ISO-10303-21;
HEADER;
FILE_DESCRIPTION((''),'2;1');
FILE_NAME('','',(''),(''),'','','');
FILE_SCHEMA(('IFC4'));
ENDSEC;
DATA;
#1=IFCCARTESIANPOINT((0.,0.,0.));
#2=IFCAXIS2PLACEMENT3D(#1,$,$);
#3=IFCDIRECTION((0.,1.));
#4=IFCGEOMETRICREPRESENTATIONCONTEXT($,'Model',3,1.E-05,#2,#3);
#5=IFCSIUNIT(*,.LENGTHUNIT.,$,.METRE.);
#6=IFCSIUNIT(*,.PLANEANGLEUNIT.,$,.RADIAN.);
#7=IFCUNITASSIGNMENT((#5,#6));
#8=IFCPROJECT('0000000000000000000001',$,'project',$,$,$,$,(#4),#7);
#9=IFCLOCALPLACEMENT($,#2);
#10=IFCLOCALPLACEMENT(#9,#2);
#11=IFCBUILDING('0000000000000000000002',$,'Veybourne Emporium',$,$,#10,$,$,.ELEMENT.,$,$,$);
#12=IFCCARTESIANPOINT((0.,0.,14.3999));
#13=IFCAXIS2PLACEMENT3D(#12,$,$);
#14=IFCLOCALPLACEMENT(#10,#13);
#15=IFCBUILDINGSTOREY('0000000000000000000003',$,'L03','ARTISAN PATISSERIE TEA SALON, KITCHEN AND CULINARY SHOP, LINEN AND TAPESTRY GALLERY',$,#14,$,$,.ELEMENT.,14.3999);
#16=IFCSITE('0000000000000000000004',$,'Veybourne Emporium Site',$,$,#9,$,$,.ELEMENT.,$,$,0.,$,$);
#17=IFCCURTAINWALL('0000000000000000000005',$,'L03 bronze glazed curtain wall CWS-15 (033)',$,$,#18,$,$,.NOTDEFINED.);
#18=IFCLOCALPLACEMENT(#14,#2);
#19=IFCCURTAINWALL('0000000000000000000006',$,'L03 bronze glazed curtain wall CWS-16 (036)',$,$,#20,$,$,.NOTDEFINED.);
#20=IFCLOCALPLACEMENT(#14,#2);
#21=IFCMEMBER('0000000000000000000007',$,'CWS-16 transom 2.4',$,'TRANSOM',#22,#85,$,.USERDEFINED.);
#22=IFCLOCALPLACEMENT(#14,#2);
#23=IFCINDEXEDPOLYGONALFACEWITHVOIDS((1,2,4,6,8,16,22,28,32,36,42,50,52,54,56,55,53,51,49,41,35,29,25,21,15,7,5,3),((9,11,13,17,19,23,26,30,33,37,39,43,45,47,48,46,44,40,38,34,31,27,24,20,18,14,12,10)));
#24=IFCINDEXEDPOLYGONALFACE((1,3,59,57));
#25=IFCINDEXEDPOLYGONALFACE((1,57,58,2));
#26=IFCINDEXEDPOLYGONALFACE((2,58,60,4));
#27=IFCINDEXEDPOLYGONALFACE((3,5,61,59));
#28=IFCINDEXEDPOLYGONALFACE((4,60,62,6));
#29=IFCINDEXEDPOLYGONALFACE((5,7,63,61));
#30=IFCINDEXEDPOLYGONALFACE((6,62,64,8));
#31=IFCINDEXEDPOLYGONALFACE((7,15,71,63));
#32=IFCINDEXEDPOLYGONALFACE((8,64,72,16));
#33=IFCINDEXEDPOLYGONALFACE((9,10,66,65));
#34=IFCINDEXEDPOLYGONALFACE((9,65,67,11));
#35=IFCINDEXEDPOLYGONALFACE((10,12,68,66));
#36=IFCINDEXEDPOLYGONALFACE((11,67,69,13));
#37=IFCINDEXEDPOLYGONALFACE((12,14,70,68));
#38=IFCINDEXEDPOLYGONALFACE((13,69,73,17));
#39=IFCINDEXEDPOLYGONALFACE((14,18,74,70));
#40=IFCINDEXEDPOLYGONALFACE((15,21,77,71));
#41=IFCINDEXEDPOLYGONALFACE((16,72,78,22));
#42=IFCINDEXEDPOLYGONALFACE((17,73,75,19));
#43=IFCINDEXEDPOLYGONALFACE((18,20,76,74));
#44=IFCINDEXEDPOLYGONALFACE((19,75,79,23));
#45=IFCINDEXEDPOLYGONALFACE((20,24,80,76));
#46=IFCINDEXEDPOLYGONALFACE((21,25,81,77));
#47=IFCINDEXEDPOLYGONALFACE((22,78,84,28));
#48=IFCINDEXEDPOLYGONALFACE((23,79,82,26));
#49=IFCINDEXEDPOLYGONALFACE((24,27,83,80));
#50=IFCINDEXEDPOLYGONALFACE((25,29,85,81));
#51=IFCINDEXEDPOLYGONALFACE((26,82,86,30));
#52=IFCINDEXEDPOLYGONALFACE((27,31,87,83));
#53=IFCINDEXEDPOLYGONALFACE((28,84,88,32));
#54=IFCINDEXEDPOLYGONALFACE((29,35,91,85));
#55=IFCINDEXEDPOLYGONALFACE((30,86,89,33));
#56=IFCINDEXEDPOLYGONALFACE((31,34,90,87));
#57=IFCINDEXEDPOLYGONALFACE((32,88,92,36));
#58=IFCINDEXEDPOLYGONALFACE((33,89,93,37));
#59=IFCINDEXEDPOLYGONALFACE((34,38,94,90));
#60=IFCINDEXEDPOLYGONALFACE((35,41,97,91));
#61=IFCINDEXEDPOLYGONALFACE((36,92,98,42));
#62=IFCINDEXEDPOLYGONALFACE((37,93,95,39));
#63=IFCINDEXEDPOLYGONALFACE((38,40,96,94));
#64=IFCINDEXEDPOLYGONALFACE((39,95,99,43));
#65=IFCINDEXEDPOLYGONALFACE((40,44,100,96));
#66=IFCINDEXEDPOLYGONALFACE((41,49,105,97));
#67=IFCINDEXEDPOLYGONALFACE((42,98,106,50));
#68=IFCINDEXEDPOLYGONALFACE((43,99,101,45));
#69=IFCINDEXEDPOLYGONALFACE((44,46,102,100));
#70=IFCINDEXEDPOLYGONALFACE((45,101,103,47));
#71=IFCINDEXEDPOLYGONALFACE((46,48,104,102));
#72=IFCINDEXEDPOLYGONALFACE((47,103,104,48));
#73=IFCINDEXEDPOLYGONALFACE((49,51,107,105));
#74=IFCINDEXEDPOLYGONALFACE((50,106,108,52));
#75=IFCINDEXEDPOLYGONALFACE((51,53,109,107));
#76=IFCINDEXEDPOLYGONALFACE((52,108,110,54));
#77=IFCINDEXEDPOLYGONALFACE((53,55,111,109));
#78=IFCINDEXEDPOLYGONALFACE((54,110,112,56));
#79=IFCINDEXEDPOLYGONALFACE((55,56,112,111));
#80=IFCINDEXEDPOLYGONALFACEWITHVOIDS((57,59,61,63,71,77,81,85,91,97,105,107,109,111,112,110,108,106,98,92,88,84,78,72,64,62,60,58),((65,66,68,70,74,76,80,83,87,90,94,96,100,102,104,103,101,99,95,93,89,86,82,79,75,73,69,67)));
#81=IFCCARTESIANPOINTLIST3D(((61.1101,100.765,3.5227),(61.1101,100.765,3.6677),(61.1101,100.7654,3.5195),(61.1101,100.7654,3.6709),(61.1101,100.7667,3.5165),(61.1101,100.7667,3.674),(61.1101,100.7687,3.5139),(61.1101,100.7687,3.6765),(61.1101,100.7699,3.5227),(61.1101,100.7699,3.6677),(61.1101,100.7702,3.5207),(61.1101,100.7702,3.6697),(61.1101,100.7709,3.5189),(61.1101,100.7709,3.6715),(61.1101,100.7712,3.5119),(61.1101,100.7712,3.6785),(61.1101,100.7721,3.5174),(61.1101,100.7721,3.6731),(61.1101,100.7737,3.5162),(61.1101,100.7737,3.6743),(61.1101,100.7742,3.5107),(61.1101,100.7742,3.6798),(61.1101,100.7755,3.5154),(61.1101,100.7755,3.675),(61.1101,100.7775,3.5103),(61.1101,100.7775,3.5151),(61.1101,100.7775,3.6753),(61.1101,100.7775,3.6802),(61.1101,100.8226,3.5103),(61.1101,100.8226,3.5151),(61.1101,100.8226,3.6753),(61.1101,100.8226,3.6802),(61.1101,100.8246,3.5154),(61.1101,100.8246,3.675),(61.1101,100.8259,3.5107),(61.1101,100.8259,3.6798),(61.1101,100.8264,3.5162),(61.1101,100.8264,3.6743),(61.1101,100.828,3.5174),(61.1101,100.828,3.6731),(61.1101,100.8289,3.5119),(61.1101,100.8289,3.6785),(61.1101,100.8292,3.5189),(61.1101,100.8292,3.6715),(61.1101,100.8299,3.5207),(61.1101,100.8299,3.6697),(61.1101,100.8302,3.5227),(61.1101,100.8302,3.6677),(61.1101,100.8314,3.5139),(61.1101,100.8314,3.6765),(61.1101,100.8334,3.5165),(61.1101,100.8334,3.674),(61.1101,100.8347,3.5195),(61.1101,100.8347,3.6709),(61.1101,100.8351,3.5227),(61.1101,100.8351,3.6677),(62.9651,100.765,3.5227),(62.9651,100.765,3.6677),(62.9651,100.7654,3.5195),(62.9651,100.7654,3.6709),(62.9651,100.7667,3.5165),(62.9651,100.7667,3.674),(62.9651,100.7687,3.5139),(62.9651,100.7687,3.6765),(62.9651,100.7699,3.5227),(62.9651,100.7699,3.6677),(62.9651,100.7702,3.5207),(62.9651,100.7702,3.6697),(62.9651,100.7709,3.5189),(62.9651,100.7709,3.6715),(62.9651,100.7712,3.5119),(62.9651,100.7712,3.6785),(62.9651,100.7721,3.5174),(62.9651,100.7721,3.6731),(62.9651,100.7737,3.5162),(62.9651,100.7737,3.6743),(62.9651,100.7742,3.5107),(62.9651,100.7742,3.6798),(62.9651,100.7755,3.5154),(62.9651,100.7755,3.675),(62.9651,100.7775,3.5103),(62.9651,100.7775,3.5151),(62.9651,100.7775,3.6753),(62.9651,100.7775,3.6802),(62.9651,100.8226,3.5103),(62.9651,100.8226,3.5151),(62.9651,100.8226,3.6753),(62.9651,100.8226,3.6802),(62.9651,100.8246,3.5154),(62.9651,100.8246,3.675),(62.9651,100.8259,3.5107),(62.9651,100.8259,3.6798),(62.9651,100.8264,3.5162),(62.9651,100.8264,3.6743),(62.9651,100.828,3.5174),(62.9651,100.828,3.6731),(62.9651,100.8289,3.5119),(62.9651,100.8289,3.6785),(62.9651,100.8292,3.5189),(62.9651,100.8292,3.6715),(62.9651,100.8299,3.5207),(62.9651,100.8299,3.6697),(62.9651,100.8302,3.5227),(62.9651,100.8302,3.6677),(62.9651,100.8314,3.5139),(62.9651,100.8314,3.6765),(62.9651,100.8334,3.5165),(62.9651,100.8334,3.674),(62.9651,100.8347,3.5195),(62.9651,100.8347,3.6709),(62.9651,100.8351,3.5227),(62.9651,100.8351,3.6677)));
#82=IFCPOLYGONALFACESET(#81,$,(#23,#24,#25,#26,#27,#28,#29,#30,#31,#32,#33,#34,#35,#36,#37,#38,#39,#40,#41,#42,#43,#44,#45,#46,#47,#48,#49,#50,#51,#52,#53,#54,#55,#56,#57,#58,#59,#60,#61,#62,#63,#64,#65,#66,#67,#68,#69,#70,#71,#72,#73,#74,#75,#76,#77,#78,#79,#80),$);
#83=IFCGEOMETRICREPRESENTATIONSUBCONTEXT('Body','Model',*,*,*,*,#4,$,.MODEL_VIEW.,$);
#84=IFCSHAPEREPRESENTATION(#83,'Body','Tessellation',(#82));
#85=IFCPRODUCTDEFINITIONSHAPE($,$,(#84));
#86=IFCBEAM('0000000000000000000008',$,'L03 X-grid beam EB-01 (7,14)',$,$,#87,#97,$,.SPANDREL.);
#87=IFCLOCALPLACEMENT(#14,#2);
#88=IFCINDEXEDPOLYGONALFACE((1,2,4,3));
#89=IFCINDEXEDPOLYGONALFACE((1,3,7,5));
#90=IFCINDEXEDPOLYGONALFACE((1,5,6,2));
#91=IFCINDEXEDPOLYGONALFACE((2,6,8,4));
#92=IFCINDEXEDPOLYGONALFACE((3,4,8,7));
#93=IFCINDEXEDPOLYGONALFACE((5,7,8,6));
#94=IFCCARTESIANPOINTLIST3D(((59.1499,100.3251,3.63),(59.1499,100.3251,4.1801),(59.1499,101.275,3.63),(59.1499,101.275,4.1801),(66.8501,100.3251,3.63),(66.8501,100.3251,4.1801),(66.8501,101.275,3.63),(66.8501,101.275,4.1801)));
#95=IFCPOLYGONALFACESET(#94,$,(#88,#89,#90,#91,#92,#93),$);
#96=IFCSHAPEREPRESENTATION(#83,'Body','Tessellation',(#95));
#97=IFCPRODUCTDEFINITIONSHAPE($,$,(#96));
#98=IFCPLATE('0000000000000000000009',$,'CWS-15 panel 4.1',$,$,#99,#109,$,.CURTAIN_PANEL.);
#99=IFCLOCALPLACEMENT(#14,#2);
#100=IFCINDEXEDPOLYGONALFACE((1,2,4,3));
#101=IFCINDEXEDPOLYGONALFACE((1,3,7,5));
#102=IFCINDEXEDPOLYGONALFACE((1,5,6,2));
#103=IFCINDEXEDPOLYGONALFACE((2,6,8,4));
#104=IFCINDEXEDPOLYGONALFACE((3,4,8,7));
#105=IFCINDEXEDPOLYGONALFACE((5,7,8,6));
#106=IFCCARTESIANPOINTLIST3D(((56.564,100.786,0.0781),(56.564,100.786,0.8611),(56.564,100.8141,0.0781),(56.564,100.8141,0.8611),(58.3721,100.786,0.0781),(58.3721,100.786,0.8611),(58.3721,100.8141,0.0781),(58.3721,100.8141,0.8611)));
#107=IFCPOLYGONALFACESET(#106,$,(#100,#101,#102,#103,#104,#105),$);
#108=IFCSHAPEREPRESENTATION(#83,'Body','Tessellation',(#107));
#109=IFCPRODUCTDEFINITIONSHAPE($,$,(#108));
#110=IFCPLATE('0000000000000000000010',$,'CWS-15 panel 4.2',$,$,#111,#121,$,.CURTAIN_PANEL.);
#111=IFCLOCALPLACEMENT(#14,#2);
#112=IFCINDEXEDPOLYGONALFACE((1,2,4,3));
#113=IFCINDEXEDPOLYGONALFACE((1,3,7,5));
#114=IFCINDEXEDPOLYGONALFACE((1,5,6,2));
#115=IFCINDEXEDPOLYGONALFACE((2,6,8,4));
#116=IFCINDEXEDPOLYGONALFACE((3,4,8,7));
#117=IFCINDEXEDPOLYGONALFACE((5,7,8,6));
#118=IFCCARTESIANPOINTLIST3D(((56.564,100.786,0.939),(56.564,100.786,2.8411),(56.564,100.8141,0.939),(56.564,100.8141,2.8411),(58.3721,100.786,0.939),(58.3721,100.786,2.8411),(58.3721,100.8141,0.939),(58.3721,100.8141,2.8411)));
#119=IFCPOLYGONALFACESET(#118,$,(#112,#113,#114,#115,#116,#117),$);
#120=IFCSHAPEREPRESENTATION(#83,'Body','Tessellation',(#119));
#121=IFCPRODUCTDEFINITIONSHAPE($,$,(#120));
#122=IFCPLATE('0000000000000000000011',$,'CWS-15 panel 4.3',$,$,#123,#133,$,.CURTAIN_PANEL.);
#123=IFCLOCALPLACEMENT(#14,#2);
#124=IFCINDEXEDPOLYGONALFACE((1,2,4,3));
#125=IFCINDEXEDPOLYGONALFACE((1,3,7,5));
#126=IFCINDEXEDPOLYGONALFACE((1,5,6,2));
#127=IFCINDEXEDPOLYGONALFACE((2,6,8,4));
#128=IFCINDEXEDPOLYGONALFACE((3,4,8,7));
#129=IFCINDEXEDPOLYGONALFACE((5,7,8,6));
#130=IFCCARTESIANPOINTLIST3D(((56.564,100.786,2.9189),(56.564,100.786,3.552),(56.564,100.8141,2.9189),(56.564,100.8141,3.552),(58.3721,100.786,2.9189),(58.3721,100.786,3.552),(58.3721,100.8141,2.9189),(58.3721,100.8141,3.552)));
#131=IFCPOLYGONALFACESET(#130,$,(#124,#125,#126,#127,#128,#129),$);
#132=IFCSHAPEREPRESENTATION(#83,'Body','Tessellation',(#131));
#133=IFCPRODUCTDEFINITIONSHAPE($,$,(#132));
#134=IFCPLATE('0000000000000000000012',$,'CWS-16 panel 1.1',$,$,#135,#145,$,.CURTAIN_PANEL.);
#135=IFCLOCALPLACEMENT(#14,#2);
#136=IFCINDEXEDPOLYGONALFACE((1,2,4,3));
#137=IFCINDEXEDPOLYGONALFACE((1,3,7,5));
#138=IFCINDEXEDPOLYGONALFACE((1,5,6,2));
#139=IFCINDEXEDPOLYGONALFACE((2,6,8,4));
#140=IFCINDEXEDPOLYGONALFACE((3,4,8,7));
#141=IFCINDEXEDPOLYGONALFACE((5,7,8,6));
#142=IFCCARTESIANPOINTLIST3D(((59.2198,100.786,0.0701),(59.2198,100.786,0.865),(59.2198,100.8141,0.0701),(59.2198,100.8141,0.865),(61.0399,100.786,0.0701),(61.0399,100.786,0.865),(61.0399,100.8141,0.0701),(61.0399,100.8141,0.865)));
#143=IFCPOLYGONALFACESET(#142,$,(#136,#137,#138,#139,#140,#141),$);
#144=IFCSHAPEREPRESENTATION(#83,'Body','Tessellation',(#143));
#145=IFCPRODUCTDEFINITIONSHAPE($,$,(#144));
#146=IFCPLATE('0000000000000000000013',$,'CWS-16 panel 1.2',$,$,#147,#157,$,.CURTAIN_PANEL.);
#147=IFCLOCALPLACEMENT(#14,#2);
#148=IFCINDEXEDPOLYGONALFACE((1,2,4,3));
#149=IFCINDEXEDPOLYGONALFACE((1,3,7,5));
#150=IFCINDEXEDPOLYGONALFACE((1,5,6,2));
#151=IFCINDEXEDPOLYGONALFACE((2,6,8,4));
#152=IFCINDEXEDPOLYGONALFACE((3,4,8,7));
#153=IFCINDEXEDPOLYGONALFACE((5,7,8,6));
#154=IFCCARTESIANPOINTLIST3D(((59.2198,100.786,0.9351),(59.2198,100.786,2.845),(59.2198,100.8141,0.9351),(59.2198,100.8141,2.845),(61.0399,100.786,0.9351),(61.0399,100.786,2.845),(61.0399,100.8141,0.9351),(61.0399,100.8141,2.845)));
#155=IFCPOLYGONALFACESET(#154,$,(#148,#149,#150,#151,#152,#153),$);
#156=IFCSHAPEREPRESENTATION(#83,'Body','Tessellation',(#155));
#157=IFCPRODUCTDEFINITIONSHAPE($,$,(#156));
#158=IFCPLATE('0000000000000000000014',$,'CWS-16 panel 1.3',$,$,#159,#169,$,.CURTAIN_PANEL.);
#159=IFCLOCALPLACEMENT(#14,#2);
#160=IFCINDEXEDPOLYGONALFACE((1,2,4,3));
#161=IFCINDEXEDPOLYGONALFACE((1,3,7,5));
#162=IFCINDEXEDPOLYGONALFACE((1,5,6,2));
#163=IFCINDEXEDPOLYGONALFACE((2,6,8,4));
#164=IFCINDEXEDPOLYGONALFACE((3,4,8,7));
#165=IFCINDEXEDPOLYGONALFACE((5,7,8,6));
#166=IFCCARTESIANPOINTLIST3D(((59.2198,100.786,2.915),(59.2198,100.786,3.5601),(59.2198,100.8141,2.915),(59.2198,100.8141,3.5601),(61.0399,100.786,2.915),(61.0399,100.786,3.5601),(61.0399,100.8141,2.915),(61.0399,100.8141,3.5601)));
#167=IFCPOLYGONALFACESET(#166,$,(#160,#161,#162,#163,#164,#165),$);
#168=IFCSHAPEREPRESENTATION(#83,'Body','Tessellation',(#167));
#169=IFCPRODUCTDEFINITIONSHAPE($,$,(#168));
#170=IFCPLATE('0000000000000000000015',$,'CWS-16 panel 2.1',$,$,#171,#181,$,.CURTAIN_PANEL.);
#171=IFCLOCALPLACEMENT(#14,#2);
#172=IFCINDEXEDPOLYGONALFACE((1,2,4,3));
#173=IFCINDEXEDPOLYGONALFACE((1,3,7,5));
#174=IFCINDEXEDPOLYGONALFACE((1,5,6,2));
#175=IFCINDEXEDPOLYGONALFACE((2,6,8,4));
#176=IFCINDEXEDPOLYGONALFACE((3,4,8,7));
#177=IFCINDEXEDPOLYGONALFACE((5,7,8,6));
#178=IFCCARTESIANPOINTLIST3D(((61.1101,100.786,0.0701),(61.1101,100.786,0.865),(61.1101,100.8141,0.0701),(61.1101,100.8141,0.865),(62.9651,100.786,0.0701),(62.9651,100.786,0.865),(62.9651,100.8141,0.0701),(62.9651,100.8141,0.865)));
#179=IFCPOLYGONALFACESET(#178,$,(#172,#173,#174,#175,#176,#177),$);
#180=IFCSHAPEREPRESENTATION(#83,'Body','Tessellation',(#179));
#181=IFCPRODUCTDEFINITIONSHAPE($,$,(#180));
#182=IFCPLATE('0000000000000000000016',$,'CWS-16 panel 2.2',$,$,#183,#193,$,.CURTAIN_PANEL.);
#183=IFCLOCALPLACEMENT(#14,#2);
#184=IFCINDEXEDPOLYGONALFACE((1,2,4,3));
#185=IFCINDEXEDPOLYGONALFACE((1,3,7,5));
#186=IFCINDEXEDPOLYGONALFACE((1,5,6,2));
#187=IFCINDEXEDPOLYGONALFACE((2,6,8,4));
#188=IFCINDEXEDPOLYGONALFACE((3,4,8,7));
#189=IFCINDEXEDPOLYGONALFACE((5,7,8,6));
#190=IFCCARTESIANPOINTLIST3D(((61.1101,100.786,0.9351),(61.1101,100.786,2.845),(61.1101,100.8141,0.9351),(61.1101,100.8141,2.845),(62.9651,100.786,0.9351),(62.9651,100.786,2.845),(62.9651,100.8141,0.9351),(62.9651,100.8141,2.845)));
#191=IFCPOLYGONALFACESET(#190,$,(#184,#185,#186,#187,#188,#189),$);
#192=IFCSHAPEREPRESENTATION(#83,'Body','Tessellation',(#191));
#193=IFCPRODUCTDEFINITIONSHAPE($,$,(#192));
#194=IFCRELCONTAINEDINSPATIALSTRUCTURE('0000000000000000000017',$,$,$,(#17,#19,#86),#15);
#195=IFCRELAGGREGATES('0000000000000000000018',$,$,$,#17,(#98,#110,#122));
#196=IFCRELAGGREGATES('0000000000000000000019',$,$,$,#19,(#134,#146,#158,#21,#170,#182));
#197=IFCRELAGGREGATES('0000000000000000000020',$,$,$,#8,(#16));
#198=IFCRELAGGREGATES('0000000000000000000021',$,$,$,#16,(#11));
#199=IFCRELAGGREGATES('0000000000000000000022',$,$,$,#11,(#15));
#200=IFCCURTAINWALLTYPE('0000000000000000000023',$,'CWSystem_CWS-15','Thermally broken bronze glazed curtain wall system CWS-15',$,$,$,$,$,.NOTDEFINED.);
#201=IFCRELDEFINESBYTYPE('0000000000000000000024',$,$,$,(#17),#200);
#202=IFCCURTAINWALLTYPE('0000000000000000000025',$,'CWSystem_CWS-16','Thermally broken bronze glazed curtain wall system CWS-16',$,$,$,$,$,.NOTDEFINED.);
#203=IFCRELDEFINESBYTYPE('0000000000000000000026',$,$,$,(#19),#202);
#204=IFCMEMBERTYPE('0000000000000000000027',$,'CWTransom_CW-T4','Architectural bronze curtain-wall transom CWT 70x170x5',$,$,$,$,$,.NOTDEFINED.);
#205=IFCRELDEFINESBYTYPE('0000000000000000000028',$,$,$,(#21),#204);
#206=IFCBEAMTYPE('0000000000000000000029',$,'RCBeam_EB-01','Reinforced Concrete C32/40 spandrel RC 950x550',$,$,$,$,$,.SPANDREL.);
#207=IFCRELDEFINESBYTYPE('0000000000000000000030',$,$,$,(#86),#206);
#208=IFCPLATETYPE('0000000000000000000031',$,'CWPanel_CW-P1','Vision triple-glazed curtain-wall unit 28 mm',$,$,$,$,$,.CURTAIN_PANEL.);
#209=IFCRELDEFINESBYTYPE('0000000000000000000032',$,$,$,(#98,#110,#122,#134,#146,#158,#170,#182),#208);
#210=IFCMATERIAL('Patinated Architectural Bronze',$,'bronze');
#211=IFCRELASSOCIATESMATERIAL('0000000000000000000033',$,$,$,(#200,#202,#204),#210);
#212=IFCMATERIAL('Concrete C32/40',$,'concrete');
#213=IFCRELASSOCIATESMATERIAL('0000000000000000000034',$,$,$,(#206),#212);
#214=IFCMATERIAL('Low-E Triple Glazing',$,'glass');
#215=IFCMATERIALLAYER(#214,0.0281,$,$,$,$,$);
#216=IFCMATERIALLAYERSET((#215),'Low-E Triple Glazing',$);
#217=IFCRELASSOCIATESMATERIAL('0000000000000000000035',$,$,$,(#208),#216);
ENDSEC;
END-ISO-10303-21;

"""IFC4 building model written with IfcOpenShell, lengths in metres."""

from ifc_helpers import new_model, si_unit, direction, frame, origin, origin_2d, place, context, subcontext, project, spatial, rectangle, hollow_rectangle, extrude, material, layer, layer_set, material_profile, profile_set, type_object, element, aggregate, save


model = new_model("IFC4")

# Units and contexts
model_context = context("Model", 3, precision=1e-05, world=origin(), true_north=direction((0.0, 1.0)))
body_context = subcontext(model_context, "Body", "Model", "MODEL_VIEW")
ifc_project = project(units=[si_unit("LENGTHUNIT", "METRE"), si_unit("PLANEANGLEUNIT", "RADIAN")], contexts=[model_context])

# Site, building, storey
site_placement = place(None, origin())
site = spatial("IfcSite", under=ifc_project, at=site_placement, Name="Veybourne Emporium Site", CompositionType="ELEMENT", RefElevation=0.0)
building_placement = place(site_placement, origin())
building = spatial("IfcBuilding", under=site, at=building_placement, Name="Veybourne Emporium", CompositionType="ELEMENT")
storey_placement = place(building_placement, frame((0.0, 0.0, 14.3999)))
storey = spatial("IfcBuildingStorey", under=building, at=storey_placement, Name="L03", Description="ARTISAN PATISSERIE TEA SALON, KITCHEN AND CULINARY SHOP, LINEN AND TAPESTRY GALLERY", CompositionType="ELEMENT", Elevation=14.3999)

# Curtain wall
ifc_material_1 = material(Name="Patinated Architectural Bronze", Category="bronze")
curtain_wall_type_1 = type_object("IfcCurtainWallType", Name="CWSystem_CWS-15", Description="Thermally broken bronze glazed curtain wall system CWS-15", PredefinedType="NOTDEFINED", material=ifc_material_1)
curtain_wall_1_placement = place(storey_placement, origin())
curtain_wall_1 = element("IfcCurtainWall", 1, at=curtain_wall_1_placement, inside=storey, type_object=curtain_wall_type_1, Name="L03 bronze glazed curtain wall CWS-15 (033)", PredefinedType="NOTDEFINED")

# Curtain wall
curtain_wall_type_2 = type_object("IfcCurtainWallType", Name="CWSystem_CWS-16", Description="Thermally broken bronze glazed curtain wall system CWS-16", PredefinedType="NOTDEFINED", material=ifc_material_1)
curtain_wall_2_placement = place(storey_placement, origin())
curtain_wall_2 = element("IfcCurtainWall", 2, at=curtain_wall_2_placement, inside=storey, type_object=curtain_wall_type_2, Name="L03 bronze glazed curtain wall CWS-16 (036)", PredefinedType="NOTDEFINED")

# Member
ifc_material_profile_1 = material_profile(ifc_material_1, hollow_rectangle(XDim=0.0701, YDim=0.1699, WallThickness=0.0049, InnerFilletRadius=0.0076, OuterFilletRadius=0.0125, at=origin_2d()), Name="CWT 70x170x5")
ifc_profile_set_1 = profile_set([ifc_material_profile_1], Name="Patinated Architectural Bronze")
member_type_1 = type_object("IfcMemberType", Name="CWTransom_CW-T4", Description="Architectural bronze curtain-wall transom CWT 70x170x5", PredefinedType="NOTDEFINED", material=ifc_profile_set_1)
member_1_placement = place(storey_placement, frame((61.1101, 100.8, 3.5952), z_axis=(1.0, 0.0, 0.0), x_axis=(0.0, 1.0, 0.0)))
member_1 = element("IfcMember", 3, at=member_1_placement, type_object=member_type_1, Name="CWS-16 transom 2.4", ObjectType="TRANSOM", PredefinedType="USERDEFINED", context=body_context, shape_type="SweptSolid", body=[
    extrude(hollow_rectangle(XDim=0.0701, YDim=0.1699, WallThickness=0.0049, InnerFilletRadius=0.0076, OuterFilletRadius=0.0125, at=origin_2d()), origin(), (0.0, 0.0, 1.0), 1.855),
])

# Beam
ifc_material_2 = material(Name="Concrete C32/40", Category="concrete")
ifc_material_profile_2 = material_profile(ifc_material_2, rectangle(XDim=0.95, YDim=0.55, at=origin_2d()), Name="RC 950x550")
ifc_profile_set_2 = profile_set([ifc_material_profile_2], Name="Concrete C32/40")
beam_type = type_object("IfcBeamType", Name="RCBeam_EB-01", Description="Reinforced Concrete C32/40 spandrel RC 950x550", PredefinedType="SPANDREL", material=ifc_profile_set_2)
beam_placement = place(storey_placement, frame((59.1499, 100.8, 3.905), z_axis=(1.0, 0.0, 0.0), x_axis=(0.0, 1.0, 0.0)))
element("IfcBeam", 4, at=beam_placement, inside=storey, type_object=beam_type, Name="L03 X-grid beam EB-01 (7,14)", PredefinedType="SPANDREL", context=body_context, shape_type="SweptSolid", body=[
    extrude(rectangle(XDim=0.95, YDim=0.55, at=origin_2d()), origin(), (0.0, 0.0, 1.0), 7.7002),
])

# Plates
ifc_material_3 = material(Name="Low-E Triple Glazing", Category="glass")
ifc_layer_1 = layer(ifc_material_3, 0.0281)
ifc_layer_set_1 = layer_set([ifc_layer_1], Name="Low-E Triple Glazing")
plate_type = type_object("IfcPlateType", Name="CWPanel_CW-P1", Description="Vision triple-glazed curtain-wall unit 28 mm", PredefinedType="CURTAIN_PANEL", material=ifc_layer_set_1)
plate_1_placement = place(storey_placement, frame((57.468, 100.8, 0.0781), z_axis=(0.0, 0.0, 1.0), x_axis=(1.0, 0.0, 0.0)))
plate_1 = element("IfcPlate", 5, at=plate_1_placement, type_object=plate_type, Name="CWS-15 panel 4.1", PredefinedType="CURTAIN_PANEL", context=body_context, shape_type="SweptSolid", body=[
    extrude(rectangle(XDim=1.8081, YDim=0.0281, at=origin_2d()), origin(), (0.0, 0.0, 1.0), 0.783),
])
plate_2_placement = place(storey_placement, frame((57.468, 100.8, 0.939), z_axis=(0.0, 0.0, 1.0), x_axis=(1.0, 0.0, 0.0)))
plate_2 = element("IfcPlate", 6, at=plate_2_placement, type_object=plate_type, Name="CWS-15 panel 4.2", PredefinedType="CURTAIN_PANEL", context=body_context, shape_type="SweptSolid", body=[
    extrude(rectangle(XDim=1.8081, YDim=0.0281, at=origin_2d()), origin(), (0.0, 0.0, 1.0), 1.9021),
])
plate_3_placement = place(storey_placement, frame((57.468, 100.8, 2.9189), z_axis=(0.0, 0.0, 1.0), x_axis=(1.0, 0.0, 0.0)))
plate_3 = element("IfcPlate", 7, at=plate_3_placement, type_object=plate_type, Name="CWS-15 panel 4.3", PredefinedType="CURTAIN_PANEL", context=body_context, shape_type="SweptSolid", body=[
    extrude(rectangle(XDim=1.8081, YDim=0.0281, at=origin_2d()), origin(), (0.0, 0.0, 1.0), 0.6331),
])
aggregate(curtain_wall_1, [plate_1, plate_2, plate_3])
plate_4_placement = place(storey_placement, frame((60.1299, 100.8, 0.0701), z_axis=(0.0, 0.0, 1.0), x_axis=(1.0, 0.0, 0.0)))
plate_4 = element("IfcPlate", 8, at=plate_4_placement, type_object=plate_type, Name="CWS-16 panel 1.1", PredefinedType="CURTAIN_PANEL", context=body_context, shape_type="SweptSolid", body=[
    extrude(rectangle(XDim=1.8201, YDim=0.0281, at=origin_2d()), origin(), (0.0, 0.0, 1.0), 0.7949),
])
plate_5_placement = place(storey_placement, frame((60.1299, 100.8, 0.9351), z_axis=(0.0, 0.0, 1.0), x_axis=(1.0, 0.0, 0.0)))
plate_5 = element("IfcPlate", 9, at=plate_5_placement, type_object=plate_type, Name="CWS-16 panel 1.2", PredefinedType="CURTAIN_PANEL", context=body_context, shape_type="SweptSolid", body=[
    extrude(rectangle(XDim=1.8201, YDim=0.0281, at=origin_2d()), origin(), (0.0, 0.0, 1.0), 1.9099),
])
plate_6_placement = place(storey_placement, frame((60.1299, 100.8, 2.915), z_axis=(0.0, 0.0, 1.0), x_axis=(1.0, 0.0, 0.0)))
plate_6 = element("IfcPlate", 10, at=plate_6_placement, type_object=plate_type, Name="CWS-16 panel 1.3", PredefinedType="CURTAIN_PANEL", context=body_context, shape_type="SweptSolid", body=[
    extrude(rectangle(XDim=1.8201, YDim=0.0281, at=origin_2d()), origin(), (0.0, 0.0, 1.0), 0.645),
])
plate_7_placement = place(storey_placement, frame((62.0376, 100.8, 0.0701), z_axis=(0.0, 0.0, 1.0), x_axis=(1.0, 0.0, 0.0)))
plate_7 = element("IfcPlate", 11, at=plate_7_placement, type_object=plate_type, Name="CWS-16 panel 2.1", PredefinedType="CURTAIN_PANEL", context=body_context, shape_type="SweptSolid", body=[
    extrude(rectangle(XDim=1.855, YDim=0.0281, at=origin_2d()), origin(), (0.0, 0.0, 1.0), 0.7949),
])
plate_8_placement = place(storey_placement, frame((62.0376, 100.8, 0.9351), z_axis=(0.0, 0.0, 1.0), x_axis=(1.0, 0.0, 0.0)))
plate_8 = element("IfcPlate", 12, at=plate_8_placement, type_object=plate_type, Name="CWS-16 panel 2.2", PredefinedType="CURTAIN_PANEL", context=body_context, shape_type="SweptSolid", body=[
    extrude(rectangle(XDim=1.855, YDim=0.0281, at=origin_2d()), origin(), (0.0, 0.0, 1.0), 1.9099),
])
aggregate(curtain_wall_2, [plate_4, plate_5, plate_6, member_1, plate_7, plate_8])

save(model, "model.ifc")
